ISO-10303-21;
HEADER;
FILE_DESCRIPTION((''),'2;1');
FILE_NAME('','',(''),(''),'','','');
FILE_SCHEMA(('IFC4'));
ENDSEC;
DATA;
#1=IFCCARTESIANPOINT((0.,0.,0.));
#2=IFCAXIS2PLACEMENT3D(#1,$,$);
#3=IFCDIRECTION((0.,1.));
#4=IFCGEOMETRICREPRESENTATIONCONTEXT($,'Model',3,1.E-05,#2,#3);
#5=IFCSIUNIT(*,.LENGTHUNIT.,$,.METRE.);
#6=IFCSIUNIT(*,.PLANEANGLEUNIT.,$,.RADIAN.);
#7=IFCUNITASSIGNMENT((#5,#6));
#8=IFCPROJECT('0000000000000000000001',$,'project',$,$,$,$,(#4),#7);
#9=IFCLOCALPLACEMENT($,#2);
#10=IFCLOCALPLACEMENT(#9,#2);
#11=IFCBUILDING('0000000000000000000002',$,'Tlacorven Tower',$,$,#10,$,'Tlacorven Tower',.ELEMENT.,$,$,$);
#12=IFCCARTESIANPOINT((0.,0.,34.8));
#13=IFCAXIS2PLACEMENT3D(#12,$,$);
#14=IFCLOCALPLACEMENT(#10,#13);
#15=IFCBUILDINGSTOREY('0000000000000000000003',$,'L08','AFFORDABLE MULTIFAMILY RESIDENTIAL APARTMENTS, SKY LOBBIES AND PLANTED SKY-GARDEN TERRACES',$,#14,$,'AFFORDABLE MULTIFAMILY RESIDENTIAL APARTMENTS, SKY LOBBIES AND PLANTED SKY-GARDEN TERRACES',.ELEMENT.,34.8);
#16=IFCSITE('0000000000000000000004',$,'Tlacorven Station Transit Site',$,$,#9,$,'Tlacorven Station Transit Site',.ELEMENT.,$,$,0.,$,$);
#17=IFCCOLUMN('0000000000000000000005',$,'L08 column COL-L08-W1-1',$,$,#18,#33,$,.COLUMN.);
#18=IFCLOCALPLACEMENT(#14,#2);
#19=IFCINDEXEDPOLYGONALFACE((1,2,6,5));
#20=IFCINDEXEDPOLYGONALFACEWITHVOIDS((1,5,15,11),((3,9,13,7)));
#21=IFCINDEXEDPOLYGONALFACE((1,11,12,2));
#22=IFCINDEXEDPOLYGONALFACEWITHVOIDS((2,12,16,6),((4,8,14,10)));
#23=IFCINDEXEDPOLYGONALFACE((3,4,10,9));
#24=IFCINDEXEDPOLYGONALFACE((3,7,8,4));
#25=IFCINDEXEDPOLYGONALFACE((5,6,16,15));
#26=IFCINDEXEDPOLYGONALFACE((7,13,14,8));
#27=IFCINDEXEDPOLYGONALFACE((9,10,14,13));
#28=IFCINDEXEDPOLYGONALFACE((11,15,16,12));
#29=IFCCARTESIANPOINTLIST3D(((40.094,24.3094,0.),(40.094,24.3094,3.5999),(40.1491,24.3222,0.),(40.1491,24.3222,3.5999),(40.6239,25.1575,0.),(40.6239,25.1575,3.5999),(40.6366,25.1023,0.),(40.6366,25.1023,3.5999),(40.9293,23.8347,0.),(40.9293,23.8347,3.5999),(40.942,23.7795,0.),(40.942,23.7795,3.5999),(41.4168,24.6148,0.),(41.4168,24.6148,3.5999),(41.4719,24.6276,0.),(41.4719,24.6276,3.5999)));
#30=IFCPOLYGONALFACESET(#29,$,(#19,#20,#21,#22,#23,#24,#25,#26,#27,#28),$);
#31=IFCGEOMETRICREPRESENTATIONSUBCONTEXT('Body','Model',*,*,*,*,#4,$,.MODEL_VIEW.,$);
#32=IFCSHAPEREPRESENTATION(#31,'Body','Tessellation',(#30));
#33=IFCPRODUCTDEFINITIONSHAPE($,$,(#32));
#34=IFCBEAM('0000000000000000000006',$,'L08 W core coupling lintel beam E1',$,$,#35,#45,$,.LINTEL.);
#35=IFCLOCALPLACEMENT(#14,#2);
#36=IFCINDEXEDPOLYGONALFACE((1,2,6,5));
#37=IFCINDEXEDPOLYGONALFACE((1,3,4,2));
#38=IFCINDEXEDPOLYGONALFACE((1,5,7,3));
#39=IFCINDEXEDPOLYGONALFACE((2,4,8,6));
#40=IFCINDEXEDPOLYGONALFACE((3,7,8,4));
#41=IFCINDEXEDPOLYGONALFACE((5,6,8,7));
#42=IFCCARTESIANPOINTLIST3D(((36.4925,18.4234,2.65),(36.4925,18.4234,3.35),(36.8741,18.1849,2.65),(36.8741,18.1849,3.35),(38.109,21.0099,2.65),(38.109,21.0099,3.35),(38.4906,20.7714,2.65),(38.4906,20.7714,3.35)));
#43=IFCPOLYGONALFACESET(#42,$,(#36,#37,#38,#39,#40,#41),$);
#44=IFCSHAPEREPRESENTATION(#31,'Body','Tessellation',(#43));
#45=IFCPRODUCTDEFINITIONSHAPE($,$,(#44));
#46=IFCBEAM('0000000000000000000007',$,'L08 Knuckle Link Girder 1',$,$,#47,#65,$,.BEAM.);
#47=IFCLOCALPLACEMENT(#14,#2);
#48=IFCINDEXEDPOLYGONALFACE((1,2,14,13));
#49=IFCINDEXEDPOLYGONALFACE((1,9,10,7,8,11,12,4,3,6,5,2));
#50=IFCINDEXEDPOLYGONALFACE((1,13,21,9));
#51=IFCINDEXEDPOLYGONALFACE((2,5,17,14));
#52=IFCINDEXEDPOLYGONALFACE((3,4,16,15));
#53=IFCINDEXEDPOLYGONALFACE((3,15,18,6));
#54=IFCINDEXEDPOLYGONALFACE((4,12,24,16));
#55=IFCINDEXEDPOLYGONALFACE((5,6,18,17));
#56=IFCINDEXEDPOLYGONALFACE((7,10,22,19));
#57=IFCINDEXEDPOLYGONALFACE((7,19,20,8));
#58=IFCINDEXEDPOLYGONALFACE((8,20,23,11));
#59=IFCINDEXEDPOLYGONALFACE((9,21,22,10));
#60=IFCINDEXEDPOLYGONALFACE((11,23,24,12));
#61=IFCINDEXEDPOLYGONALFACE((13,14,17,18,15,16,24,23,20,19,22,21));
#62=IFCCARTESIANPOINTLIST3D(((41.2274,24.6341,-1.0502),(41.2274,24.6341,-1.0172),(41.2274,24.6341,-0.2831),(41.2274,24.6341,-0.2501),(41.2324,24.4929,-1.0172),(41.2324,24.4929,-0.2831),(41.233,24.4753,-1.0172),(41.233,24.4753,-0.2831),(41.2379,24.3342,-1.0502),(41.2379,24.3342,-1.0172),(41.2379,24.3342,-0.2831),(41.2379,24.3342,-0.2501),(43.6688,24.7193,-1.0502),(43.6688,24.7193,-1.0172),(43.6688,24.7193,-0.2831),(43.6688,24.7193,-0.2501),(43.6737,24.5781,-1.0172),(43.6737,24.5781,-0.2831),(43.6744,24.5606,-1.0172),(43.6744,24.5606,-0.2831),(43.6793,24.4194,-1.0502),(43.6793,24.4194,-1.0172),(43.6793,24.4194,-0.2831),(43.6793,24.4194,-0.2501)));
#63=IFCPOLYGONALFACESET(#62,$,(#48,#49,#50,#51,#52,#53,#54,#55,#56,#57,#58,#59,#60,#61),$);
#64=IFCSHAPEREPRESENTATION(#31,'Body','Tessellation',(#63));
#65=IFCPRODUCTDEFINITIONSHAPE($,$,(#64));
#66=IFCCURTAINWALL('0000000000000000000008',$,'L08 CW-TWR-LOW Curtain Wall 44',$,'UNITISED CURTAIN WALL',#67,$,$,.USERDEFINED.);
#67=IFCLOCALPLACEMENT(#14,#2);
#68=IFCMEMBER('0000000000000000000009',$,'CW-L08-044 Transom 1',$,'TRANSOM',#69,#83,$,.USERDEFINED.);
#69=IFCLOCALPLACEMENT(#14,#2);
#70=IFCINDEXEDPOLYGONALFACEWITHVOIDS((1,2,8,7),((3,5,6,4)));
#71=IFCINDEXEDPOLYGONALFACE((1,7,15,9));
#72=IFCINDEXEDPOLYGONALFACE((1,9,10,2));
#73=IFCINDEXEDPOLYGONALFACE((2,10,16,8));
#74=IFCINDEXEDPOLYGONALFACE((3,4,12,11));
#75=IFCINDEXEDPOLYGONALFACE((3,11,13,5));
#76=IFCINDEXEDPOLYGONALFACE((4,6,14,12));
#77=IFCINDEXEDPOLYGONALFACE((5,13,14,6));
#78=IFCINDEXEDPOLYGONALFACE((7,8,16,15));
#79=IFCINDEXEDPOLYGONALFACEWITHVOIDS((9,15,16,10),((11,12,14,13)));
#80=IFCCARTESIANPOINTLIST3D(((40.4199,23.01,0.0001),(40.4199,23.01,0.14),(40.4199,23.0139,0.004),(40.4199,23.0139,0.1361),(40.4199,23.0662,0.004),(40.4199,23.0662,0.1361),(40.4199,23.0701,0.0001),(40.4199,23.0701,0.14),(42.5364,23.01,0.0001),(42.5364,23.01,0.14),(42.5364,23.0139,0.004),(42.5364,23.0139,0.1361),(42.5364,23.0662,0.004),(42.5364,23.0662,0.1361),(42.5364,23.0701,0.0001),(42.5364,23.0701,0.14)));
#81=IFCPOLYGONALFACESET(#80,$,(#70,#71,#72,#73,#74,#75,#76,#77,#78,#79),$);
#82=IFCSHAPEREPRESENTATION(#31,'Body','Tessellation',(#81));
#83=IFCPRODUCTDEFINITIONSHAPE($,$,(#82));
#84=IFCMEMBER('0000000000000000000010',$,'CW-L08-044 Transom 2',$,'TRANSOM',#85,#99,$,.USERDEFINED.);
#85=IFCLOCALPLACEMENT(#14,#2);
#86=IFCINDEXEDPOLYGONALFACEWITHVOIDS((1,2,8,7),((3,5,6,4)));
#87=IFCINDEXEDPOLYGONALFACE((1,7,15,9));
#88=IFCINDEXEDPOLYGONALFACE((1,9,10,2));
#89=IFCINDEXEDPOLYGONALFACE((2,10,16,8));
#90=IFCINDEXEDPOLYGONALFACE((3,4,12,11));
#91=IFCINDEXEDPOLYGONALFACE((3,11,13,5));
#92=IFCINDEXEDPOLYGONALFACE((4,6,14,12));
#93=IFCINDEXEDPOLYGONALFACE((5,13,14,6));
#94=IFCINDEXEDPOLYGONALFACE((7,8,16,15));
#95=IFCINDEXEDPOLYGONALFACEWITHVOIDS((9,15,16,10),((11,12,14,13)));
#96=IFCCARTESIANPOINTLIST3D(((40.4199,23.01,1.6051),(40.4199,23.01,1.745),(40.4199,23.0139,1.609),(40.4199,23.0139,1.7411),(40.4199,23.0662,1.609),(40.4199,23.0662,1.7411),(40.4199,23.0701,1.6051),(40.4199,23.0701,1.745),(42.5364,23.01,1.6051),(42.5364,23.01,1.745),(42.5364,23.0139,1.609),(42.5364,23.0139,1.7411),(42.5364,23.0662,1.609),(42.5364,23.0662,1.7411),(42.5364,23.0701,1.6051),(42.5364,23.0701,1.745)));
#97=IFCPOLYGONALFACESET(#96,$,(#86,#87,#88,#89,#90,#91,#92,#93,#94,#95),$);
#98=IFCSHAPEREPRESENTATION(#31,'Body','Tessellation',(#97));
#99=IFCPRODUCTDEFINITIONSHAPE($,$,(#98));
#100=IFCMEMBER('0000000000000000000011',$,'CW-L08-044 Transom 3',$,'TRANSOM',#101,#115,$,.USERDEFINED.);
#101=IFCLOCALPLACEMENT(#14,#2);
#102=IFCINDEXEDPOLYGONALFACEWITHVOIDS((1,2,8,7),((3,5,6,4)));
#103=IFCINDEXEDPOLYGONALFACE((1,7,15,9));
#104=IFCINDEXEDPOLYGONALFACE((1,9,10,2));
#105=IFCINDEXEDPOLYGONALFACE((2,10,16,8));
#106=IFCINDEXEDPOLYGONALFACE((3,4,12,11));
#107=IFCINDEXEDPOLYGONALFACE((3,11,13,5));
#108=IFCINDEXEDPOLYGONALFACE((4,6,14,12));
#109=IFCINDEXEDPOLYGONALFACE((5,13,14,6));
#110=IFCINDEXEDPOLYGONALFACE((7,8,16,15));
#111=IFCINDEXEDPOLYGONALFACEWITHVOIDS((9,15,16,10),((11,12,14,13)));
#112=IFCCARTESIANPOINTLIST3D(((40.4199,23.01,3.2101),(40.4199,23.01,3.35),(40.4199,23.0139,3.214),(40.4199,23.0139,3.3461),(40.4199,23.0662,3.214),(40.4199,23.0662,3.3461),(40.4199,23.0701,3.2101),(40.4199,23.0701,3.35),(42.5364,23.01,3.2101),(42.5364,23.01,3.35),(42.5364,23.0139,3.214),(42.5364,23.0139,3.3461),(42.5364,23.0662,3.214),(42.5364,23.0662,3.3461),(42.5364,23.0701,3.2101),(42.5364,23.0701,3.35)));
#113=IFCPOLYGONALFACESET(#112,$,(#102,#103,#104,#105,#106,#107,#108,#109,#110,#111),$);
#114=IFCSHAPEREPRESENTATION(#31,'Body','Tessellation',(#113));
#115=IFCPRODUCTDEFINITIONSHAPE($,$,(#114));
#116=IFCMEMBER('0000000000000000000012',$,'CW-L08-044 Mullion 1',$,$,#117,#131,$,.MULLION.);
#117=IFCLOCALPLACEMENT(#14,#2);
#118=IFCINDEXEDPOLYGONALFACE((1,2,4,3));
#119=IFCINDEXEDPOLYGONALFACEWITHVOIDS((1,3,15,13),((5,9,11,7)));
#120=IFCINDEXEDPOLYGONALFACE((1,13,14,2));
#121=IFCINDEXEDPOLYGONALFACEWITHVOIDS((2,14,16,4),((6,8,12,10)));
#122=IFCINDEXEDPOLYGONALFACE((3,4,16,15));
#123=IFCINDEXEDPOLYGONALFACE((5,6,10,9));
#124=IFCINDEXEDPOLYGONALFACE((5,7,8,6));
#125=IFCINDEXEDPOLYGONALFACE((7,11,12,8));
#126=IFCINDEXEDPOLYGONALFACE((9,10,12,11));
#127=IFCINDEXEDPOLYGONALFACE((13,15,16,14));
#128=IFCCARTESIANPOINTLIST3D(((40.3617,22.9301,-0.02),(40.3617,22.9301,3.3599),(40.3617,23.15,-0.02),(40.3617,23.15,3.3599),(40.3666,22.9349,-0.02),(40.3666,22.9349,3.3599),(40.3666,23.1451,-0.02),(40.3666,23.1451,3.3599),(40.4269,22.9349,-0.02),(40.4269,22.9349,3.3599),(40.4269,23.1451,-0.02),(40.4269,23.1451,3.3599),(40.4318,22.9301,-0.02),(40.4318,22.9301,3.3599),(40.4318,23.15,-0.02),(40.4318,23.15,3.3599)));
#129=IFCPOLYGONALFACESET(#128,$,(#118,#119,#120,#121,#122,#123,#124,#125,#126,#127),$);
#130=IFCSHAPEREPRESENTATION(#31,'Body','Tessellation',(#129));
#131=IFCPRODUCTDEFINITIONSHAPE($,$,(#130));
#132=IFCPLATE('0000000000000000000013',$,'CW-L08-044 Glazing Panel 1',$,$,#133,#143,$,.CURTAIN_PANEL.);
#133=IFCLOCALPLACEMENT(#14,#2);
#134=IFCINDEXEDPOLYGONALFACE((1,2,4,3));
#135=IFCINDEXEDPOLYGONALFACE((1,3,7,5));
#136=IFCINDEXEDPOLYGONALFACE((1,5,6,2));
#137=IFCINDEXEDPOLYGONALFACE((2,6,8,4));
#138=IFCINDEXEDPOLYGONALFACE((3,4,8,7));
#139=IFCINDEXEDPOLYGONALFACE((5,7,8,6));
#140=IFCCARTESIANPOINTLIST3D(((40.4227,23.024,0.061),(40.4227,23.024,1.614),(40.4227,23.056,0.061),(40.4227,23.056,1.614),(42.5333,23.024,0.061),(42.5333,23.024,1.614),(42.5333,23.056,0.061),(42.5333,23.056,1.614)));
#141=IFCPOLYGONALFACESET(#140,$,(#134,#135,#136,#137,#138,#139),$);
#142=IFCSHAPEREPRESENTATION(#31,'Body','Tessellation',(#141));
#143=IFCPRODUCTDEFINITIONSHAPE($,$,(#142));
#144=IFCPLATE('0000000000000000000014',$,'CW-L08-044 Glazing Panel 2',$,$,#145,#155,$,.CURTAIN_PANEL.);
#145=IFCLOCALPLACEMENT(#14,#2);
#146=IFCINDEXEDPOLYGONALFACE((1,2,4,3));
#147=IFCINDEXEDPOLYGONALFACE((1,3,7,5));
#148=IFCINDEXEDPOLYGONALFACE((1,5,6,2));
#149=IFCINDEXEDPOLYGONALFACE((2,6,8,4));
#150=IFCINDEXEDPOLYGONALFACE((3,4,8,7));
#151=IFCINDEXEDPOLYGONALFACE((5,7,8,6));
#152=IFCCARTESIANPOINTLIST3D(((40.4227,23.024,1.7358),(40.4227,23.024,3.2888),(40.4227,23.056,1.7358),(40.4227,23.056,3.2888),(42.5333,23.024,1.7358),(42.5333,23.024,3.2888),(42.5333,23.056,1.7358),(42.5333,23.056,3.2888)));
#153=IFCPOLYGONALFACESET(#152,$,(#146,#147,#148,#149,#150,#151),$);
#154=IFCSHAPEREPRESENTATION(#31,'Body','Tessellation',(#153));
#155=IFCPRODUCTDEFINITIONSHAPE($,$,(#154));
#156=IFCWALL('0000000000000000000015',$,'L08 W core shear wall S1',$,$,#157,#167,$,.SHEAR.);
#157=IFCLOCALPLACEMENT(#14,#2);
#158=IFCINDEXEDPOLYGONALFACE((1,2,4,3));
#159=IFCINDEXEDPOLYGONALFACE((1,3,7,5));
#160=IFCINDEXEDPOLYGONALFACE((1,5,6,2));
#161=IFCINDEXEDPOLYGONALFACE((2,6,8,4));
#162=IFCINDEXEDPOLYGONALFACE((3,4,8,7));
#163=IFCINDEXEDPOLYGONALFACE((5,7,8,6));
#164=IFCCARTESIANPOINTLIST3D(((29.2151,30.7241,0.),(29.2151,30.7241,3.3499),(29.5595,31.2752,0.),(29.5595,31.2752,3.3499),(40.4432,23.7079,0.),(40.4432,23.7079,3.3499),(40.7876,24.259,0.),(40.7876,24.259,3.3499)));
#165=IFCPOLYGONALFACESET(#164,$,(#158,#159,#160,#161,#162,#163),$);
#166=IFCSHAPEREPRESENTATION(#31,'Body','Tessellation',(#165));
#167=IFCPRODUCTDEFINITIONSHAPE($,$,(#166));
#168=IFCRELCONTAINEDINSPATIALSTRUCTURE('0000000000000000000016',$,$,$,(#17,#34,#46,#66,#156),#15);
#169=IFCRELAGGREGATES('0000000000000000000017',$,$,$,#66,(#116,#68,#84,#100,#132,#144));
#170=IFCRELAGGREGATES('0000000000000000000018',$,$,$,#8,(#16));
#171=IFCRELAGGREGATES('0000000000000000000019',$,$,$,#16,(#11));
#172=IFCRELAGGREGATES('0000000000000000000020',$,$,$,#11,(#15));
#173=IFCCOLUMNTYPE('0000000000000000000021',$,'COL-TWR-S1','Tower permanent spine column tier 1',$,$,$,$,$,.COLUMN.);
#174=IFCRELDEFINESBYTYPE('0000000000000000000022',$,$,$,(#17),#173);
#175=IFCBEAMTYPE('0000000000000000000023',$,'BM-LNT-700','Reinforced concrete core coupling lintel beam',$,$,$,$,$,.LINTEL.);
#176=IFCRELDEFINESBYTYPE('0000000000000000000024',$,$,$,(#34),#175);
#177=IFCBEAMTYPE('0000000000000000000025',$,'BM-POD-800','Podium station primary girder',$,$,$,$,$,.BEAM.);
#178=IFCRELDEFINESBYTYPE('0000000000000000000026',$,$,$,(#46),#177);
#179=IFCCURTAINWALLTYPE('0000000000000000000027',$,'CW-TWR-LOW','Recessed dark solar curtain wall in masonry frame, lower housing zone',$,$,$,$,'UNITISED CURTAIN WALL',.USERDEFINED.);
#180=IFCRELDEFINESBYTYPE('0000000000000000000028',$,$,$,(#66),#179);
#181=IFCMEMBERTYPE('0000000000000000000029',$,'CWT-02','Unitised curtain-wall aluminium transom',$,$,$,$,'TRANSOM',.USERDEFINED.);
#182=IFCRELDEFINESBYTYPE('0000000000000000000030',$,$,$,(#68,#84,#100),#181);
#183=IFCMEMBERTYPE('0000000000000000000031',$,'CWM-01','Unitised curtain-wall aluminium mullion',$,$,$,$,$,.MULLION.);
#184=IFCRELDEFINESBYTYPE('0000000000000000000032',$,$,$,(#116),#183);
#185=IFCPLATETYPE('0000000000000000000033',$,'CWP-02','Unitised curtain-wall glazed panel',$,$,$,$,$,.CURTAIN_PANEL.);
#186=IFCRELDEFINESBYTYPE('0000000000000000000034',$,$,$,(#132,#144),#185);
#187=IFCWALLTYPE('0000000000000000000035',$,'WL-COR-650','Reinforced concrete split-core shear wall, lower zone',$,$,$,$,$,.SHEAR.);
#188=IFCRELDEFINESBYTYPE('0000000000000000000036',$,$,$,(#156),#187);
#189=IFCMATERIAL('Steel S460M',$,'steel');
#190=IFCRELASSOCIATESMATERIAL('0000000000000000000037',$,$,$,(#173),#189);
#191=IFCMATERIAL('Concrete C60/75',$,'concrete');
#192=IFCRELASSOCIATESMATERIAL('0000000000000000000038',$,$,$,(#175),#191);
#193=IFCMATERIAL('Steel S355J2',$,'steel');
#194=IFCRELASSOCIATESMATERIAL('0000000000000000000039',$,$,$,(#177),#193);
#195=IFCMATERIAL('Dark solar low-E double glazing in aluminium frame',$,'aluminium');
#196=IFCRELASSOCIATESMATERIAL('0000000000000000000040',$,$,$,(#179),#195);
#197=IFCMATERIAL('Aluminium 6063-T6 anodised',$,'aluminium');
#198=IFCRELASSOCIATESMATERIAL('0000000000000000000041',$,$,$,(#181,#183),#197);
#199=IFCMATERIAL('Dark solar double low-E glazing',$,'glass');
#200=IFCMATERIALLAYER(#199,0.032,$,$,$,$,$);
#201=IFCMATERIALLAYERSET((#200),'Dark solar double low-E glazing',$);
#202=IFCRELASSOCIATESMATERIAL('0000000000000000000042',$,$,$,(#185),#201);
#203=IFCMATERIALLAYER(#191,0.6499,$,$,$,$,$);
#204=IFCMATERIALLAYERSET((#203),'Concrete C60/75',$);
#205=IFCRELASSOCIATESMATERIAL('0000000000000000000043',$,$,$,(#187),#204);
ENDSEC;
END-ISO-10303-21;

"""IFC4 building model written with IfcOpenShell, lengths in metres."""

from ifc_helpers import new_model, si_unit, direction, frame, frame_2d, origin, origin_2d, place, context, subcontext, project, spatial, rectangle, hollow_rectangle, i_section, extrude, source, transform, mapped, material, layer, layer_set, material_profile, profile_set, type_object, element, aggregate, save


model = new_model("IFC4")

# Units and contexts
model_context = context("Model", 3, precision=1e-05, world=origin(), true_north=direction((0.0, 1.0)))
body_context = subcontext(model_context, "Body", "Model", "MODEL_VIEW")
ifc_project = project(units=[si_unit("LENGTHUNIT", "METRE"), si_unit("PLANEANGLEUNIT", "RADIAN")], contexts=[model_context])

# Site, building, storey
site_placement = place(None, origin())
site = spatial("IfcSite", under=ifc_project, at=site_placement, Name="Tlacorven Station Transit Site", LongName="Tlacorven Station Transit Site", CompositionType="ELEMENT", RefElevation=0.0)
building_placement = place(site_placement, origin())
building = spatial("IfcBuilding", under=site, at=building_placement, Name="Tlacorven Tower", LongName="Tlacorven Tower", CompositionType="ELEMENT")
storey_placement = place(building_placement, frame((0.0, 0.0, 34.8)))
storey = spatial("IfcBuildingStorey", under=building, at=storey_placement, Name="L08", Description="AFFORDABLE MULTIFAMILY RESIDENTIAL APARTMENTS, SKY LOBBIES AND PLANTED SKY-GARDEN TERRACES", LongName="AFFORDABLE MULTIFAMILY RESIDENTIAL APARTMENTS, SKY LOBBIES AND PLANTED SKY-GARDEN TERRACES", CompositionType="ELEMENT", Elevation=34.8)

# Column
ifc_material_1 = material(Name="Steel S460M", Category="steel")
ifc_material_profile_1 = material_profile(ifc_material_1, hollow_rectangle(XDim=1.0, YDim=1.0, WallThickness=0.04, at=origin_2d()), Name="BOX 1000X1000X40")
ifc_profile_set_1 = profile_set([ifc_material_profile_1], Name="Steel S460M")
column_type = type_object("IfcColumnType", Name="COL-TWR-S1", Description="Tower permanent spine column tier 1", PredefinedType="COLUMN", material=ifc_profile_set_1)
shared_shape_1 = source(origin(), body_context, "Body", "SweptSolid", [
    extrude(hollow_rectangle(XDim=1.0, YDim=1.0, WallThickness=0.04, at=origin_2d()), origin(), (0.0, 0.0, 1.0), 3.5999),
])
column_placement = place(storey_placement, frame((40.783, 24.4685, 0.0), z_axis=(0.0, 0.0, 1.0), x_axis=(-0.848048, 0.529919, 0.0)))
element("IfcColumn", 1, at=column_placement, inside=storey, type_object=column_type, Name="L08 column COL-L08-W1-1", PredefinedType="COLUMN", context=body_context, shape_type="MappedRepresentation", body=[
    mapped(shared_shape_1, transform((0.0, 0.0, 0.0), scale=1.0)),
])

# Beams
ifc_material_2 = material(Name="Concrete C60/75", Category="concrete")
ifc_material_profile_2 = material_profile(ifc_material_2, rectangle(XDim=0.45, YDim=0.7, at=origin_2d()), Name="RC 450X700")
ifc_profile_set_2 = profile_set([ifc_material_profile_2], Name="Concrete C60/75")
beam_type_1 = type_object("IfcBeamType", Name="BM-LNT-700", Description="Reinforced concrete core coupling lintel beam", PredefinedType="LINTEL", material=ifc_profile_set_2)
shared_shape_2 = source(origin(), body_context, "Body", "SweptSolid", [
    extrude(rectangle(XDim=0.45, YDim=0.7, at=origin_2d()), origin(), (0.0, 0.0, 1.0), 3.05),
])
beam_1_placement = place(storey_placement, frame((38.2998, 20.8906, 3.0), z_axis=(-0.529985, -0.848007, 0.0), x_axis=(0.848007, -0.529985, 0.0)))
element("IfcBeam", 2, at=beam_1_placement, inside=storey, type_object=beam_type_1, Name="L08 W core coupling lintel beam E1", PredefinedType="LINTEL", context=body_context, shape_type="MappedRepresentation", body=[
    mapped(shared_shape_2, transform((0.0, 0.0, 0.0), scale=1.0)),
])
ifc_material_3 = material(Name="Steel S355J2", Category="steel")
ifc_material_profile_3 = material_profile(ifc_material_3, i_section(OverallWidth=0.3, OverallDepth=0.8, WebThickness=0.0176, FlangeThickness=0.033, at=origin_2d()), Name="HEB 800")
ifc_profile_set_3 = profile_set([ifc_material_profile_3], Name="Steel S355J2")
beam_type_2 = type_object("IfcBeamType", Name="BM-POD-800", Description="Podium station primary girder", PredefinedType="BEAM", material=ifc_profile_set_3)
shared_shape_3 = source(origin(), body_context, "Body", "SweptSolid", [
    extrude(i_section(OverallWidth=0.3, OverallDepth=0.8, WebThickness=0.0176, FlangeThickness=0.033, at=origin_2d()), origin(), (0.0, 0.0, 1.0), 2.4429),
])
beam_2_placement = place(storey_placement, frame((41.2327, 24.4841, -0.6501), z_axis=(0.999392, 0.034879, 0.0), x_axis=(-0.034879, 0.999392, 0.0)))
element("IfcBeam", 3, at=beam_2_placement, inside=storey, type_object=beam_type_2, Name="L08 Knuckle Link Girder 1", PredefinedType="BEAM", context=body_context, shape_type="MappedRepresentation", body=[
    mapped(shared_shape_3, transform((0.0, 0.0, 0.0), scale=1.0)),
])

# Curtain wall, members, plates
ifc_material_4 = material(Name="Dark solar low-E double glazing in aluminium frame", Category="aluminium")
curtain_wall_type = type_object("IfcCurtainWallType", Name="CW-TWR-LOW", Description="Recessed dark solar curtain wall in masonry frame, lower housing zone", ElementType="UNITISED CURTAIN WALL", PredefinedType="USERDEFINED", material=ifc_material_4)
curtain_wall_placement = place(storey_placement, origin())
curtain_wall = element("IfcCurtainWall", 4, at=curtain_wall_placement, inside=storey, type_object=curtain_wall_type, Name="L08 CW-TWR-LOW Curtain Wall 44", ObjectType="UNITISED CURTAIN WALL", PredefinedType="USERDEFINED")
ifc_material_5 = material(Name="Aluminium 6063-T6 anodised", Category="aluminium")
ifc_material_profile_4 = material_profile(ifc_material_5, hollow_rectangle(XDim=0.0601, YDim=0.1399, WallThickness=0.0039, at=origin_2d()), Name="ALU TRANSOM 60X140")
ifc_profile_set_4 = profile_set([ifc_material_profile_4], Name="Aluminium 6063-T6 anodised")
member_type_1 = type_object("IfcMemberType", Name="CWT-02", Description="Unitised curtain-wall aluminium transom", ElementType="TRANSOM", PredefinedType="USERDEFINED", material=ifc_profile_set_4)
shared_shape_4 = source(origin(), body_context, "Body", "SweptSolid", [
    extrude(hollow_rectangle(XDim=0.0601, YDim=0.1399, WallThickness=0.0039, at=origin_2d()), origin(), (0.0, 0.0, 1.0), 2.1165),
])
member_1_placement = place(storey_placement, frame((40.4199, 23.04, 0.0701), z_axis=(1.0, 0.0, 0.0), x_axis=(0.0, 1.0, 0.0)))
member_1 = element("IfcMember", 5, at=member_1_placement, type_object=member_type_1, Name="CW-L08-044 Transom 1", ObjectType="TRANSOM", PredefinedType="USERDEFINED", context=body_context, shape_type="MappedRepresentation", body=[
    mapped(shared_shape_4, transform((0.0, 0.0, 0.0), scale=1.0)),
])
member_2_placement = place(storey_placement, frame((40.4199, 23.04, 1.675), z_axis=(1.0, 0.0, 0.0), x_axis=(0.0, 1.0, 0.0)))
member_2 = element("IfcMember", 6, at=member_2_placement, type_object=member_type_1, Name="CW-L08-044 Transom 2", ObjectType="TRANSOM", PredefinedType="USERDEFINED", context=body_context, shape_type="MappedRepresentation", body=[
    mapped(shared_shape_4, transform((0.0, 0.0, 0.0), scale=1.0)),
])
member_3_placement = place(storey_placement, frame((40.4199, 23.04, 3.28), z_axis=(1.0, 0.0, 0.0), x_axis=(0.0, 1.0, 0.0)))
member_3 = element("IfcMember", 7, at=member_3_placement, type_object=member_type_1, Name="CW-L08-044 Transom 3", ObjectType="TRANSOM", PredefinedType="USERDEFINED", context=body_context, shape_type="MappedRepresentation", body=[
    mapped(shared_shape_4, transform((0.0, 0.0, 0.0), scale=1.0)),
])
ifc_material_profile_5 = material_profile(ifc_material_5, hollow_rectangle(XDim=0.0701, YDim=0.22, WallThickness=0.0049, at=origin_2d()), Name="ALU MULLION 70X220")
ifc_profile_set_5 = profile_set([ifc_material_profile_5], Name="Aluminium 6063-T6 anodised")
member_type_2 = type_object("IfcMemberType", Name="CWM-01", Description="Unitised curtain-wall aluminium mullion", PredefinedType="MULLION", material=ifc_profile_set_5)
shared_shape_5 = source(origin(), body_context, "Body", "SweptSolid", [
    extrude(hollow_rectangle(XDim=0.0701, YDim=0.22, WallThickness=0.0049, at=origin_2d()), origin(), (0.0, 0.0, 1.0), 3.3799),
])
member_4_placement = place(storey_placement, frame((40.3967, 23.04, -0.02), z_axis=(0.0, 0.0, 1.0), x_axis=(1.0, 0.0, 0.0)))
member_4 = element("IfcMember", 8, at=member_4_placement, type_object=member_type_2, Name="CW-L08-044 Mullion 1", PredefinedType="MULLION", context=body_context, shape_type="MappedRepresentation", body=[
    mapped(shared_shape_5, transform((0.0, 0.0, 0.0), scale=1.0)),
])
ifc_material_6 = material(Name="Dark solar double low-E glazing", Category="glass")
ifc_layer_1 = layer(ifc_material_6, 0.032)
ifc_layer_set_1 = layer_set([ifc_layer_1], Name="Dark solar double low-E glazing")
plate_type = type_object("IfcPlateType", Name="CWP-02", Description="Unitised curtain-wall glazed panel", PredefinedType="CURTAIN_PANEL", material=ifc_layer_set_1)
shared_shape_6 = source(origin(), body_context, "Body", "SweptSolid", [
    extrude(rectangle(XDim=2.1106, YDim=0.032, at=origin_2d()), origin(), (0.0, 0.0, 1.0), 1.553),
])
plate_1_placement = place(storey_placement, frame((41.478, 23.04, 0.061), z_axis=(0.0, 0.0, 1.0), x_axis=(1.0, 0.0, 0.0)))
plate_1 = element("IfcPlate", 9, at=plate_1_placement, type_object=plate_type, Name="CW-L08-044 Glazing Panel 1", PredefinedType="CURTAIN_PANEL", context=body_context, shape_type="MappedRepresentation", body=[
    mapped(shared_shape_6, transform((0.0, 0.0, 0.0), scale=1.0)),
])
plate_2_placement = place(storey_placement, frame((41.478, 23.04, 1.7358), z_axis=(0.0, 0.0, 1.0), x_axis=(1.0, 0.0, 0.0)))
plate_2 = element("IfcPlate", 10, at=plate_2_placement, type_object=plate_type, Name="CW-L08-044 Glazing Panel 2", PredefinedType="CURTAIN_PANEL", context=body_context, shape_type="MappedRepresentation", body=[
    mapped(shared_shape_6, transform((0.0, 0.0, 0.0), scale=1.0)),
])
aggregate(curtain_wall, [member_4, member_1, member_2, member_3, plate_1, plate_2])

# Wall
ifc_layer_2 = layer(ifc_material_2, 0.6499)
ifc_layer_set_2 = layer_set([ifc_layer_2], Name="Concrete C60/75")
wall_type_1 = type_object("IfcWallType", Name="WL-COR-650", Description="Reinforced concrete split-core shear wall, lower zone", PredefinedType="SHEAR", material=ifc_layer_set_2)
wall_1_placement = place(storey_placement, frame((40.6155, 23.9834, 0.0), z_axis=(0.0, 0.0, 1.0), x_axis=(-0.848046, 0.529923, 0.0)))
element("IfcWall", 11, at=wall_1_placement, inside=storey, type_object=wall_type_1, Name="L08 W core shear wall S1", PredefinedType="SHEAR", context=body_context, shape_type="SweptSolid", body=[
    extrude(rectangle(XDim=13.24, YDim=0.6499, at=frame_2d((6.6201, 0.0))), origin(), (0.0, 0.0, 1.0), 3.3499),
])

save(model, "model.ifc")
